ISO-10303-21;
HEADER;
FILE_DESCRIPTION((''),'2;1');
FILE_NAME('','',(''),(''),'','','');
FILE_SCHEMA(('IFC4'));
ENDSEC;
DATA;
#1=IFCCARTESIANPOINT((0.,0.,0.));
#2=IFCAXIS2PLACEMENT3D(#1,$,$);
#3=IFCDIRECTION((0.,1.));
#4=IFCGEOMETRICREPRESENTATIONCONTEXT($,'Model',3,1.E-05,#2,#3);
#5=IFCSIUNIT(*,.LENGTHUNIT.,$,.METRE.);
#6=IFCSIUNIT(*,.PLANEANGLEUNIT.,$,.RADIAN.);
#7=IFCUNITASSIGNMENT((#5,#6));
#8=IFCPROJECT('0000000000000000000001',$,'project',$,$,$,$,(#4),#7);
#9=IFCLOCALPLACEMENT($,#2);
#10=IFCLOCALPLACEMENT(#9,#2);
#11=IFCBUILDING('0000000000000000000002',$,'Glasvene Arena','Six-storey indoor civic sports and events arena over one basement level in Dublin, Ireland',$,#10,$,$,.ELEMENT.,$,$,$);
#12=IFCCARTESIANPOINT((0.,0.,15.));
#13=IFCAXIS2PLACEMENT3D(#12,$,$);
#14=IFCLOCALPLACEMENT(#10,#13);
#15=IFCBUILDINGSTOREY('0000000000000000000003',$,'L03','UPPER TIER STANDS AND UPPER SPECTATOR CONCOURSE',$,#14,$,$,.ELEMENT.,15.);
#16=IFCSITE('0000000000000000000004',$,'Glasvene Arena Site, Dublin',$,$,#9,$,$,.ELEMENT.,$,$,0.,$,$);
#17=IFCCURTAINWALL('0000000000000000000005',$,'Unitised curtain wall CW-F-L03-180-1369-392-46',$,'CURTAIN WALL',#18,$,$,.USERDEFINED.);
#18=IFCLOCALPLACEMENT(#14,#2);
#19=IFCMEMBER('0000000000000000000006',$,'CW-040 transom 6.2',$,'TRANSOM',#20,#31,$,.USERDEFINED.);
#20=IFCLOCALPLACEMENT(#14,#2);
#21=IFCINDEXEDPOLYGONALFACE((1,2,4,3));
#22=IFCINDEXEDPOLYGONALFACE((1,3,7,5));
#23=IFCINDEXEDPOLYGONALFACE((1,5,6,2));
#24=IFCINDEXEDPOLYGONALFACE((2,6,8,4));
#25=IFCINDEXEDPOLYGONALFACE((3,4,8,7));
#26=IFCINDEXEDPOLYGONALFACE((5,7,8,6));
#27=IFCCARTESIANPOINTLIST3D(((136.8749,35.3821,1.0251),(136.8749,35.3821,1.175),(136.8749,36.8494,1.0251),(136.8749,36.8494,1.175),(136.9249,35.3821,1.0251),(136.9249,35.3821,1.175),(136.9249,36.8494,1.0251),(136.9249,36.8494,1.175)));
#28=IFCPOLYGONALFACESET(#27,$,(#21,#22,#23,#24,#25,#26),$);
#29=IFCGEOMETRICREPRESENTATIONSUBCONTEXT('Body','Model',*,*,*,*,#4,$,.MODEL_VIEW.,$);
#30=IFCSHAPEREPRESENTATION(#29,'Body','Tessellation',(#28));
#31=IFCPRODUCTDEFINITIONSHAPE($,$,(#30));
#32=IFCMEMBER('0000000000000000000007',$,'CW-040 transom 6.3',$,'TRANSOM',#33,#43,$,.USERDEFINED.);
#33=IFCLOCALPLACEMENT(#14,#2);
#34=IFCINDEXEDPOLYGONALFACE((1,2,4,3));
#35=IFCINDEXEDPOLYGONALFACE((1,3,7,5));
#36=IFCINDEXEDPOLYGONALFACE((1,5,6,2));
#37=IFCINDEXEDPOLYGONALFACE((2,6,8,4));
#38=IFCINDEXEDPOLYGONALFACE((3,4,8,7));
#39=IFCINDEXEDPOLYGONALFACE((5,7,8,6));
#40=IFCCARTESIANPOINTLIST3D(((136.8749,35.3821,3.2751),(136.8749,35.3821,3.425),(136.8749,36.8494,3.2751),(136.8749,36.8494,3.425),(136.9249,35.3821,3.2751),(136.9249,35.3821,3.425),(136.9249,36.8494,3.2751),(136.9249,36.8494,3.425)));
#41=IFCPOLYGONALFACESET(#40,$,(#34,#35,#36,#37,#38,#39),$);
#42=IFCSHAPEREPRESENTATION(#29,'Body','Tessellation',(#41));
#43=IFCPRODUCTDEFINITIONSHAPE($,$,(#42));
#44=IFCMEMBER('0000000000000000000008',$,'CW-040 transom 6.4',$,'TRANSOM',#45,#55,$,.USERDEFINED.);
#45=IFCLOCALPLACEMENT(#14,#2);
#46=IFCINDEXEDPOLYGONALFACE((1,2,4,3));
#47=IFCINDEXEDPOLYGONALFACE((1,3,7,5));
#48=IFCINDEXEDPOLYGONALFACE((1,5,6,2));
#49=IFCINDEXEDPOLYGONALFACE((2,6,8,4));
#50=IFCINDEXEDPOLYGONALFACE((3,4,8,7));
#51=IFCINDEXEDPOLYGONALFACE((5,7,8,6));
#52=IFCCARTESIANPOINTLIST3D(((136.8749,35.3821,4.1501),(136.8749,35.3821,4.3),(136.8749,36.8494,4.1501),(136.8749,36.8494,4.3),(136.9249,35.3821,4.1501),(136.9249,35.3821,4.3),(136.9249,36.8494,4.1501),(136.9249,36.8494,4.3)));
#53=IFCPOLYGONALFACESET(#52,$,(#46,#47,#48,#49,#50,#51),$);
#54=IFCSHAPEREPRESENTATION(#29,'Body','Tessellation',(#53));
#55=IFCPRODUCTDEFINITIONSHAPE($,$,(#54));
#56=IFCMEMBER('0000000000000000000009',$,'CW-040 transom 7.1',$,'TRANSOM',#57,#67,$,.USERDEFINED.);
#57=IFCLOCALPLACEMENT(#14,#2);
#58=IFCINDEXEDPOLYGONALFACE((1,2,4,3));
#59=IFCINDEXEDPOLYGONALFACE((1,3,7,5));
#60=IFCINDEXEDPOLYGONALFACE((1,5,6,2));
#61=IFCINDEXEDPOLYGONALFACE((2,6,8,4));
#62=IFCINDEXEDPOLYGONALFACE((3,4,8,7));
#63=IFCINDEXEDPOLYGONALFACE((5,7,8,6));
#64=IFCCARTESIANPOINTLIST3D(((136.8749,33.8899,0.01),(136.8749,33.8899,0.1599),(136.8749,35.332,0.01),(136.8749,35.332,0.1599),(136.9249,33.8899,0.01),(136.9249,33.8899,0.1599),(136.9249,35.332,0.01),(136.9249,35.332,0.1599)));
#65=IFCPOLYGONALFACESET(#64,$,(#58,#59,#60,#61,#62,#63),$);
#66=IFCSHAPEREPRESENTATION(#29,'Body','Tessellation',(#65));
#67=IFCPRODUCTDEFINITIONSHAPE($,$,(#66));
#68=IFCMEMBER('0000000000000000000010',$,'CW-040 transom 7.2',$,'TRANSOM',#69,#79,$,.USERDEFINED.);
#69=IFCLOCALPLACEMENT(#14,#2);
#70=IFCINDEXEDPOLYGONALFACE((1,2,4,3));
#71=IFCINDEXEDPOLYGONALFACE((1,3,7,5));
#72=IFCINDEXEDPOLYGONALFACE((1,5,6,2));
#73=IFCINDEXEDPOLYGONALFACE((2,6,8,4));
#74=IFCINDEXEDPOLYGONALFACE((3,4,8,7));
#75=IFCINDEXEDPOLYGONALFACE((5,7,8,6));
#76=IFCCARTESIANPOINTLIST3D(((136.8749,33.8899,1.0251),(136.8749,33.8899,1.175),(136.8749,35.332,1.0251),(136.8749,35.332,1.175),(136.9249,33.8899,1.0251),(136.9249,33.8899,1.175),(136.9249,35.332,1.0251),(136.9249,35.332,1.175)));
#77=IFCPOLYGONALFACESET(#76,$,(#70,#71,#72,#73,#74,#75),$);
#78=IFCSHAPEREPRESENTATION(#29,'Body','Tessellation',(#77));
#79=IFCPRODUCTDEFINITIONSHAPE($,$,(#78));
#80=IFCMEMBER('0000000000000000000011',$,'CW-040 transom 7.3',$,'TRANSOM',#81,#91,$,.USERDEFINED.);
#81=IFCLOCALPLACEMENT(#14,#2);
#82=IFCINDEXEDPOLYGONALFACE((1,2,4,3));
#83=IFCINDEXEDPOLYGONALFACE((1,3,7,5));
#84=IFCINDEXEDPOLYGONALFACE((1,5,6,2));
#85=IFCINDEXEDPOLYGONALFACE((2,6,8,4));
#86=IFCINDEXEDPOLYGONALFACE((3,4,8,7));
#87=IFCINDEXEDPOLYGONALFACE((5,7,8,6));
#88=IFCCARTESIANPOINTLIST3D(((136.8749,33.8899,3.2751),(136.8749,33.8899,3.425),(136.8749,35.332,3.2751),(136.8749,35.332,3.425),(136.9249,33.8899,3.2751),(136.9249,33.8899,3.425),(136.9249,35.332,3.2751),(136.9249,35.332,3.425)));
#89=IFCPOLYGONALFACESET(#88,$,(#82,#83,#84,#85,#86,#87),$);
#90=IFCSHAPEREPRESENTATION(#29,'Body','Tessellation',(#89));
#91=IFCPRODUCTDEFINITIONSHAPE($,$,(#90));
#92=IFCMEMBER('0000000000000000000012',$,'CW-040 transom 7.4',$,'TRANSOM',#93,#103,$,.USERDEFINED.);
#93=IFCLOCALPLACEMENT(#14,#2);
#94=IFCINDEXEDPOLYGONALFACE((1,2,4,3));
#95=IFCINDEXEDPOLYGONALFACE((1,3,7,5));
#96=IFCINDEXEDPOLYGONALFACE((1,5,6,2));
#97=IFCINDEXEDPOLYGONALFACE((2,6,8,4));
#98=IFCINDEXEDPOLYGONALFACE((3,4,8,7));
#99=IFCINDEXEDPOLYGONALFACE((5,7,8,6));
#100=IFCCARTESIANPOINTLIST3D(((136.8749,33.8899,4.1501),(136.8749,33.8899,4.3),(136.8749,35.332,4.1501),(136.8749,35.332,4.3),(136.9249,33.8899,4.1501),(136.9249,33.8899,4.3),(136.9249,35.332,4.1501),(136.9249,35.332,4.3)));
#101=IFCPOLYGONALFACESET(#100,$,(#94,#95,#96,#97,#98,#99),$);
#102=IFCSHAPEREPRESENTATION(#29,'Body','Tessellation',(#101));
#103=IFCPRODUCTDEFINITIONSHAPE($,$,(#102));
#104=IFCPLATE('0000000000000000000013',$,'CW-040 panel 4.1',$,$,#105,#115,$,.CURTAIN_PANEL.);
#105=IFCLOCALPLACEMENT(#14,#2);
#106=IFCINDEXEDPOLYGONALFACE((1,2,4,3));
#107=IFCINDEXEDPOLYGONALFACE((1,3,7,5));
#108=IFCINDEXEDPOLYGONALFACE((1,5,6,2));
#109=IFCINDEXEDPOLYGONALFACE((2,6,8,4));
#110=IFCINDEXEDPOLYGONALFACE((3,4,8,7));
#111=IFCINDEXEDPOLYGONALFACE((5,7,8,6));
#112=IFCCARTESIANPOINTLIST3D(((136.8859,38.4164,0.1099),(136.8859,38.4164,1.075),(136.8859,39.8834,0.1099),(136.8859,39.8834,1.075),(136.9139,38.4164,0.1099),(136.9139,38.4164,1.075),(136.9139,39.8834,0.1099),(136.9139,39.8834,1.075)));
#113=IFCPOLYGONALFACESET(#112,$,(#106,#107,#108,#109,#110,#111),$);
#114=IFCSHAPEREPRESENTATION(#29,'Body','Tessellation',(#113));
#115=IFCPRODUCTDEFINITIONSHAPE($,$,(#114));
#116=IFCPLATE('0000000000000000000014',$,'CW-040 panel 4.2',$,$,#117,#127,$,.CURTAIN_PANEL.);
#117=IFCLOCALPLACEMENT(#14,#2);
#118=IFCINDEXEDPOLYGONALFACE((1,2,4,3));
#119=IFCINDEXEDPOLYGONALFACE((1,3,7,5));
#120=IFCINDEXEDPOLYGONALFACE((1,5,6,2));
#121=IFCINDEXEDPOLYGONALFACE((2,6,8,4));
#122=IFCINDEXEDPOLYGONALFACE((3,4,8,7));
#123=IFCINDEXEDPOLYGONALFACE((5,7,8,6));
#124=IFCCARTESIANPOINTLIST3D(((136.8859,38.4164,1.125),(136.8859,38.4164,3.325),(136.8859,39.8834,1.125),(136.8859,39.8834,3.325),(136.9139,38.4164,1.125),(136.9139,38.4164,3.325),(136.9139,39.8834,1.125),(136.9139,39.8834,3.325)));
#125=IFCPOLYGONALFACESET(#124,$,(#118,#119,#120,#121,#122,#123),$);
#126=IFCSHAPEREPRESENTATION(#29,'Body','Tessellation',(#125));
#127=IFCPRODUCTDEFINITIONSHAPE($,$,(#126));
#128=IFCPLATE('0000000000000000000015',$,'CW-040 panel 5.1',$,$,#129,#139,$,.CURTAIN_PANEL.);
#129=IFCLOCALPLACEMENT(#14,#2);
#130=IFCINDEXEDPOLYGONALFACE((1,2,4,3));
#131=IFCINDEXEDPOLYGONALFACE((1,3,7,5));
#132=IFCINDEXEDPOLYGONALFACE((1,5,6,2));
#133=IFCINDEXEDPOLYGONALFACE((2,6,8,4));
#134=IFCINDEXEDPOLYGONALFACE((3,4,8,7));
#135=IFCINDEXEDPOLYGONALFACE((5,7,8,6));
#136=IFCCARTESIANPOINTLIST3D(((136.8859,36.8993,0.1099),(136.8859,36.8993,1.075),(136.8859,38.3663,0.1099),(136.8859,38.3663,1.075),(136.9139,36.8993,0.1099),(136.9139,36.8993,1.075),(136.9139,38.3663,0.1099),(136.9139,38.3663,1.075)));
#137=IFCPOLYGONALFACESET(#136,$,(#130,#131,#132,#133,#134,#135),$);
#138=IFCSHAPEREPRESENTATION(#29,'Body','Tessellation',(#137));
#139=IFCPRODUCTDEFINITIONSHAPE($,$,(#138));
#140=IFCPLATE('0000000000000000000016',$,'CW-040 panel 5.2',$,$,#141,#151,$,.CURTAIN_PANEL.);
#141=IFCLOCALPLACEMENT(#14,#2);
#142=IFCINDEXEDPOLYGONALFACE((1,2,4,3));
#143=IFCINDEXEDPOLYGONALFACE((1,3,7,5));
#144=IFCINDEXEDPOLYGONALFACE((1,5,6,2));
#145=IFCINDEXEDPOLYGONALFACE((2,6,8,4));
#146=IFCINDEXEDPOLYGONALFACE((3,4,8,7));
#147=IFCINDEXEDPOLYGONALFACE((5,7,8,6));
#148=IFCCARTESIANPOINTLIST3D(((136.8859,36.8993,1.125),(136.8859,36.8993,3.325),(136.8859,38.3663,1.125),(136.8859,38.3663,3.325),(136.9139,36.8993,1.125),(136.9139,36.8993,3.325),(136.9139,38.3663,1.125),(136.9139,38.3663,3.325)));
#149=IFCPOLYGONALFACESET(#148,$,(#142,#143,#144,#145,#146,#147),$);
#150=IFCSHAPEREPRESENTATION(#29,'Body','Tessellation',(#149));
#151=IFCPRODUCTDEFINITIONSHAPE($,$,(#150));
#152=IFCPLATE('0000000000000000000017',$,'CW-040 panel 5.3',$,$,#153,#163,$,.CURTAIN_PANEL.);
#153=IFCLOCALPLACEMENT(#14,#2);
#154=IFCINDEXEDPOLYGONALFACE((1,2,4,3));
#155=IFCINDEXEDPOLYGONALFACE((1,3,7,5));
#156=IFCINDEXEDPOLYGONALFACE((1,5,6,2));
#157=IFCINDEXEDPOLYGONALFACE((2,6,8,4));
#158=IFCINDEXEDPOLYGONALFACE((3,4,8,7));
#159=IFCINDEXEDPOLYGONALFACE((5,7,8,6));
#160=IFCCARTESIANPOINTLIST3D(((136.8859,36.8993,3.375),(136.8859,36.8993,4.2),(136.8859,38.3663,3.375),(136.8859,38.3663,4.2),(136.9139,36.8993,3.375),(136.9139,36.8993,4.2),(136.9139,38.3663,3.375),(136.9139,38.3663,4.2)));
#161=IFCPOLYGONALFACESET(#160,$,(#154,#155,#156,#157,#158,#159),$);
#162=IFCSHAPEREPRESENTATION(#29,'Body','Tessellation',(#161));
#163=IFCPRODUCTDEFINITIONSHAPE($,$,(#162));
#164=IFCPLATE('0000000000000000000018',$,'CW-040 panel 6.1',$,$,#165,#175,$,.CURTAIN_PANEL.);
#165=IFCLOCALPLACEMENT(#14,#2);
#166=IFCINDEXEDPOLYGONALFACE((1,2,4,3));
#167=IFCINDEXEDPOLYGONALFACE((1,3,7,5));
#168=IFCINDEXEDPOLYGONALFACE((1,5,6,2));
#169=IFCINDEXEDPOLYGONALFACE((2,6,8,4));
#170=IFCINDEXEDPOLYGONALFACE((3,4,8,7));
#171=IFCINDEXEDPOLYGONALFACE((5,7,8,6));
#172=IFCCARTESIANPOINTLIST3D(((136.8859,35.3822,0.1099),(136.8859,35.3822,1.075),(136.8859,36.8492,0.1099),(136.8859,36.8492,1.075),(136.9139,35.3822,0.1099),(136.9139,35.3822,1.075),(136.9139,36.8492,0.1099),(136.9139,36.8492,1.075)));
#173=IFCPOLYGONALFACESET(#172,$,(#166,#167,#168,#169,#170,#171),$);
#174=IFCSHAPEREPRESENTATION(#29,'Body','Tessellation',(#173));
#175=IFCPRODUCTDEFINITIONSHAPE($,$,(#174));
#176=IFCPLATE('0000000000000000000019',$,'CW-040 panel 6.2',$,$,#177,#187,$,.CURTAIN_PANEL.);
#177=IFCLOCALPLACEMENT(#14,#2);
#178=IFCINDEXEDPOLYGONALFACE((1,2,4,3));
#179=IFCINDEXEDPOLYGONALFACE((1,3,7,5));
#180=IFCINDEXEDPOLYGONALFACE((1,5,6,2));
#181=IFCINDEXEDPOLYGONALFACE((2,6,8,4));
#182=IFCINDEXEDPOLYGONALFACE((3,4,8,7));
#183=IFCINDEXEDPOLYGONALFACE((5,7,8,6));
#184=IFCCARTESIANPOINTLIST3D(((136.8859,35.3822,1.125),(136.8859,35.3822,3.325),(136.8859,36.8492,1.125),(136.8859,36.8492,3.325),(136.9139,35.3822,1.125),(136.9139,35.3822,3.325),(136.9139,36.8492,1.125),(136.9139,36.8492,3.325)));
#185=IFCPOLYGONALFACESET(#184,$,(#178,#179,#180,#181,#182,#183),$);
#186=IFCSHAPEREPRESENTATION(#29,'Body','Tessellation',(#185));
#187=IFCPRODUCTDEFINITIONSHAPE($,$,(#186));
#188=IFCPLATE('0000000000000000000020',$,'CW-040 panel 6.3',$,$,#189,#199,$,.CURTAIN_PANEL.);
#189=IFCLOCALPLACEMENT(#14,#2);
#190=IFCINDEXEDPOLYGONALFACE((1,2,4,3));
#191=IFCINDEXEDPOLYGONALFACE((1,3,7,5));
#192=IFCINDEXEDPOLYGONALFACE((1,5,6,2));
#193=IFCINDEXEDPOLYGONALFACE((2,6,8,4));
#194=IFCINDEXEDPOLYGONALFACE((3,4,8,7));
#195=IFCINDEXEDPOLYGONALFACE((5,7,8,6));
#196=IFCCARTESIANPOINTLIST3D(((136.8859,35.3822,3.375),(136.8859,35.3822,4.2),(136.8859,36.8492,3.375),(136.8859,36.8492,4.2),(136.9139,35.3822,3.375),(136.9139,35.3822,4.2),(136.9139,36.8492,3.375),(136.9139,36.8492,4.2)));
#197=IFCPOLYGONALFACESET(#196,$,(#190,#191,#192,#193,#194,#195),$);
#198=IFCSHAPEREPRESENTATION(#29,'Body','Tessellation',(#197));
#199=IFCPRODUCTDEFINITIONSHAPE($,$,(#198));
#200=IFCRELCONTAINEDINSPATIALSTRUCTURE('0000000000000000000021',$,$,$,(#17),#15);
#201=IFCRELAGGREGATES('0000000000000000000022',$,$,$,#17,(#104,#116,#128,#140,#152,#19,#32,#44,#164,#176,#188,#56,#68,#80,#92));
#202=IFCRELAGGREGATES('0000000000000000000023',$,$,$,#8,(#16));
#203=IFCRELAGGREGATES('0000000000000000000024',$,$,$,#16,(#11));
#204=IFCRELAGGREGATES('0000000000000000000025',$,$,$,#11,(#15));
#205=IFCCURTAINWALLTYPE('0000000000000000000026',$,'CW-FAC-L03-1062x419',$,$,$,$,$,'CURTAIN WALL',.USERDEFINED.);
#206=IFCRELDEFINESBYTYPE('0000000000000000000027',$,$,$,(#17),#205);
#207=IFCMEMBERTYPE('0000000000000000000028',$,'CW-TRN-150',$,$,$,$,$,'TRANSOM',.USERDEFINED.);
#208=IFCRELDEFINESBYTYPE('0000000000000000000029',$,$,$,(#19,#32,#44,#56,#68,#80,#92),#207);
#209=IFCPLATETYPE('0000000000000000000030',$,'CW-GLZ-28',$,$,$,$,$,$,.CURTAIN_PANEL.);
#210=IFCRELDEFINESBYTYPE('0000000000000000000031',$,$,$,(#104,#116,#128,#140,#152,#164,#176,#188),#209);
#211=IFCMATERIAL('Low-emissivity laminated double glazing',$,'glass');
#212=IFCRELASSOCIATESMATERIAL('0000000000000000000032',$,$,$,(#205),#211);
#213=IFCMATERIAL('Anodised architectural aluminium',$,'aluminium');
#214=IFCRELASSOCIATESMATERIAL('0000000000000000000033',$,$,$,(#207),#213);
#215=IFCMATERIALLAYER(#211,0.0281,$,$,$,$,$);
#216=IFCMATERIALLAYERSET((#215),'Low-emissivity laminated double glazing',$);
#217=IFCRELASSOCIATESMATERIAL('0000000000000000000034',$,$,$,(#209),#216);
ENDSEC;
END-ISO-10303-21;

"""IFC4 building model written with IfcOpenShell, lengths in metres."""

from ifc_helpers import new_model, si_unit, direction, frame, origin, origin_2d, place, context, subcontext, project, spatial, rectangle, extrude, material, layer, layer_set, material_profile, profile_set, type_object, element, aggregate, save


model = new_model("IFC4")

# Units and contexts
model_context = context("Model", 3, precision=1e-05, world=origin(), true_north=direction((0.0, 1.0)))
body_context = subcontext(model_context, "Body", "Model", "MODEL_VIEW")
ifc_project = project(units=[si_unit("LENGTHUNIT", "METRE"), si_unit("PLANEANGLEUNIT", "RADIAN")], contexts=[model_context])

# Site, building, storey
site_placement = place(None, origin())
site = spatial("IfcSite", under=ifc_project, at=site_placement, Name="Glasvene Arena Site, Dublin", CompositionType="ELEMENT", RefElevation=0.0)
building_placement = place(site_placement, origin())
building = spatial("IfcBuilding", under=site, at=building_placement, Name="Glasvene Arena", Description="Six-storey indoor civic sports and events arena over one basement level in Dublin, Ireland", CompositionType="ELEMENT")
storey_placement = place(building_placement, frame((0.0, 0.0, 15.0)))
storey = spatial("IfcBuildingStorey", under=building, at=storey_placement, Name="L03", Description="UPPER TIER STANDS AND UPPER SPECTATOR CONCOURSE", CompositionType="ELEMENT", Elevation=15.0)

# Curtain wall, members, plates
ifc_material_1 = material(Name="Low-emissivity laminated double glazing", Category="glass")
curtain_wall_type = type_object("IfcCurtainWallType", Name="CW-FAC-L03-1062x419", ElementType="CURTAIN WALL", PredefinedType="USERDEFINED", material=ifc_material_1)
curtain_wall_placement = place(storey_placement, frame((136.8999, 44.46, 0.0)))
curtain_wall = element("IfcCurtainWall", 1, at=curtain_wall_placement, inside=storey, type_object=curtain_wall_type, Name="Unitised curtain wall CW-F-L03-180-1369-392-46", ObjectType="CURTAIN WALL", PredefinedType="USERDEFINED")
ifc_material_2 = material(Name="Anodised architectural aluminium", Category="aluminium")
ifc_material_profile_1 = material_profile(ifc_material_2, rectangle(XDim=0.05, YDim=0.1499, at=origin_2d()), Name="ALU TRANSOM 50x150")
ifc_profile_set_1 = profile_set([ifc_material_profile_1], Name="Anodised architectural aluminium")
member_type_1 = type_object("IfcMemberType", Name="CW-TRN-150", ElementType="TRANSOM", PredefinedType="USERDEFINED", material=ifc_profile_set_1)
member_1_placement = place(storey_placement, frame((136.8999, 36.8494, 1.1001), z_axis=(0.0, -1.0, 0.0), x_axis=(1.0, 0.0, 0.0)))
member_1 = element("IfcMember", 2, at=member_1_placement, type_object=member_type_1, Name="CW-040 transom 6.2", ObjectType="TRANSOM", PredefinedType="USERDEFINED", context=body_context, shape_type="SweptSolid", body=[
    extrude(rectangle(XDim=0.05, YDim=0.1499, at=origin_2d()), origin(), (0.0, 0.0, 1.0), 1.4673),
])
member_2_placement = place(storey_placement, frame((136.8999, 36.8494, 3.3501), z_axis=(0.0, -1.0, 0.0), x_axis=(1.0, 0.0, 0.0)))
member_2 = element("IfcMember", 3, at=member_2_placement, type_object=member_type_1, Name="CW-040 transom 6.3", ObjectType="TRANSOM", PredefinedType="USERDEFINED", context=body_context, shape_type="SweptSolid", body=[
    extrude(rectangle(XDim=0.05, YDim=0.1499, at=origin_2d()), origin(), (0.0, 0.0, 1.0), 1.4673),
])
member_3_placement = place(storey_placement, frame((136.8999, 36.8494, 4.2251), z_axis=(0.0, -1.0, 0.0), x_axis=(1.0, 0.0, 0.0)))
member_3 = element("IfcMember", 4, at=member_3_placement, type_object=member_type_1, Name="CW-040 transom 6.4", ObjectType="TRANSOM", PredefinedType="USERDEFINED", context=body_context, shape_type="SweptSolid", body=[
    extrude(rectangle(XDim=0.05, YDim=0.1499, at=origin_2d()), origin(), (0.0, 0.0, 1.0), 1.4673),
])
member_4_placement = place(storey_placement, frame((136.8999, 35.332, 0.085), z_axis=(0.0, -1.0, 0.0), x_axis=(1.0, 0.0, 0.0)))
member_4 = element("IfcMember", 5, at=member_4_placement, type_object=member_type_1, Name="CW-040 transom 7.1", ObjectType="TRANSOM", PredefinedType="USERDEFINED", context=body_context, shape_type="SweptSolid", body=[
    extrude(rectangle(XDim=0.05, YDim=0.1499, at=origin_2d()), origin(), (0.0, 0.0, 1.0), 1.4421),
])
member_5_placement = place(storey_placement, frame((136.8999, 35.332, 1.1001), z_axis=(0.0, -1.0, 0.0), x_axis=(1.0, 0.0, 0.0)))
member_5 = element("IfcMember", 6, at=member_5_placement, type_object=member_type_1, Name="CW-040 transom 7.2", ObjectType="TRANSOM", PredefinedType="USERDEFINED", context=body_context, shape_type="SweptSolid", body=[
    extrude(rectangle(XDim=0.05, YDim=0.1499, at=origin_2d()), origin(), (0.0, 0.0, 1.0), 1.4421),
])
member_6_placement = place(storey_placement, frame((136.8999, 35.332, 3.3501), z_axis=(0.0, -1.0, 0.0), x_axis=(1.0, 0.0, 0.0)))
member_6 = element("IfcMember", 7, at=member_6_placement, type_object=member_type_1, Name="CW-040 transom 7.3", ObjectType="TRANSOM", PredefinedType="USERDEFINED", context=body_context, shape_type="SweptSolid", body=[
    extrude(rectangle(XDim=0.05, YDim=0.1499, at=origin_2d()), origin(), (0.0, 0.0, 1.0), 1.4421),
])
member_7_placement = place(storey_placement, frame((136.8999, 35.332, 4.2251), z_axis=(0.0, -1.0, 0.0), x_axis=(1.0, 0.0, 0.0)))
member_7 = element("IfcMember", 8, at=member_7_placement, type_object=member_type_1, Name="CW-040 transom 7.4", ObjectType="TRANSOM", PredefinedType="USERDEFINED", context=body_context, shape_type="SweptSolid", body=[
    extrude(rectangle(XDim=0.05, YDim=0.1499, at=origin_2d()), origin(), (0.0, 0.0, 1.0), 1.4421),
])
ifc_layer_1 = layer(ifc_material_1, 0.0281)
ifc_layer_set_1 = layer_set([ifc_layer_1], Name="Low-emissivity laminated double glazing")
plate_type = type_object("IfcPlateType", Name="CW-GLZ-28", PredefinedType="CURTAIN_PANEL", material=ifc_layer_set_1)
plate_1_placement = place(storey_placement, frame((136.8999, 39.1499, 0.1099), z_axis=(0.0, 0.0, 1.0), x_axis=(0.0, -1.0, 0.0)))
plate_1 = element("IfcPlate", 9, at=plate_1_placement, type_object=plate_type, Name="CW-040 panel 4.1", PredefinedType="CURTAIN_PANEL", context=body_context, shape_type="SweptSolid", body=[
    extrude(rectangle(XDim=1.467, YDim=0.0281, at=origin_2d()), origin(), (0.0, 0.0, 1.0), 0.9651),
])
plate_2_placement = place(storey_placement, frame((136.8999, 39.1499, 1.125), z_axis=(0.0, 0.0, 1.0), x_axis=(0.0, -1.0, 0.0)))
plate_2 = element("IfcPlate", 10, at=plate_2_placement, type_object=plate_type, Name="CW-040 panel 4.2", PredefinedType="CURTAIN_PANEL", context=body_context, shape_type="SweptSolid", body=[
    extrude(rectangle(XDim=1.467, YDim=0.0281, at=origin_2d()), origin(), (0.0, 0.0, 1.0), 2.2),
])
plate_3_placement = place(storey_placement, frame((136.8999, 37.6328, 0.1099), z_axis=(0.0, 0.0, 1.0), x_axis=(0.0, -1.0, 0.0)))
plate_3 = element("IfcPlate", 11, at=plate_3_placement, type_object=plate_type, Name="CW-040 panel 5.1", PredefinedType="CURTAIN_PANEL", context=body_context, shape_type="SweptSolid", body=[
    extrude(rectangle(XDim=1.467, YDim=0.0281, at=origin_2d()), origin(), (0.0, 0.0, 1.0), 0.9651),
])
plate_4_placement = place(storey_placement, frame((136.8999, 37.6328, 1.125), z_axis=(0.0, 0.0, 1.0), x_axis=(0.0, -1.0, 0.0)))
plate_4 = element("IfcPlate", 12, at=plate_4_placement, type_object=plate_type, Name="CW-040 panel 5.2", PredefinedType="CURTAIN_PANEL", context=body_context, shape_type="SweptSolid", body=[
    extrude(rectangle(XDim=1.467, YDim=0.0281, at=origin_2d()), origin(), (0.0, 0.0, 1.0), 2.2),
])
plate_5_placement = place(storey_placement, frame((136.8999, 37.6328, 3.375), z_axis=(0.0, 0.0, 1.0), x_axis=(0.0, -1.0, 0.0)))
plate_5 = element("IfcPlate", 13, at=plate_5_placement, type_object=plate_type, Name="CW-040 panel 5.3", PredefinedType="CURTAIN_PANEL", context=body_context, shape_type="SweptSolid", body=[
    extrude(rectangle(XDim=1.467, YDim=0.0281, at=origin_2d()), origin(), (0.0, 0.0, 1.0), 0.825),
])
plate_6_placement = place(storey_placement, frame((136.8999, 36.1157, 0.1099), z_axis=(0.0, 0.0, 1.0), x_axis=(0.0, -1.0, 0.0)))
plate_6 = element("IfcPlate", 14, at=plate_6_placement, type_object=plate_type, Name="CW-040 panel 6.1", PredefinedType="CURTAIN_PANEL", context=body_context, shape_type="SweptSolid", body=[
    extrude(rectangle(XDim=1.467, YDim=0.0281, at=origin_2d()), origin(), (0.0, 0.0, 1.0), 0.9651),
])
plate_7_placement = place(storey_placement, frame((136.8999, 36.1157, 1.125), z_axis=(0.0, 0.0, 1.0), x_axis=(0.0, -1.0, 0.0)))
plate_7 = element("IfcPlate", 15, at=plate_7_placement, type_object=plate_type, Name="CW-040 panel 6.2", PredefinedType="CURTAIN_PANEL", context=body_context, shape_type="SweptSolid", body=[
    extrude(rectangle(XDim=1.467, YDim=0.0281, at=origin_2d()), origin(), (0.0, 0.0, 1.0), 2.2),
])
plate_8_placement = place(storey_placement, frame((136.8999, 36.1157, 3.375), z_axis=(0.0, 0.0, 1.0), x_axis=(0.0, -1.0, 0.0)))
plate_8 = element("IfcPlate", 16, at=plate_8_placement, type_object=plate_type, Name="CW-040 panel 6.3", PredefinedType="CURTAIN_PANEL", context=body_context, shape_type="SweptSolid", body=[
    extrude(rectangle(XDim=1.467, YDim=0.0281, at=origin_2d()), origin(), (0.0, 0.0, 1.0), 0.825),
])
aggregate(curtain_wall, [plate_1, plate_2, plate_3, plate_4, plate_5, member_1, member_2, member_3, plate_6, plate_7, plate_8, member_4, member_5, member_6, member_7])

save(model, "model.ifc")
